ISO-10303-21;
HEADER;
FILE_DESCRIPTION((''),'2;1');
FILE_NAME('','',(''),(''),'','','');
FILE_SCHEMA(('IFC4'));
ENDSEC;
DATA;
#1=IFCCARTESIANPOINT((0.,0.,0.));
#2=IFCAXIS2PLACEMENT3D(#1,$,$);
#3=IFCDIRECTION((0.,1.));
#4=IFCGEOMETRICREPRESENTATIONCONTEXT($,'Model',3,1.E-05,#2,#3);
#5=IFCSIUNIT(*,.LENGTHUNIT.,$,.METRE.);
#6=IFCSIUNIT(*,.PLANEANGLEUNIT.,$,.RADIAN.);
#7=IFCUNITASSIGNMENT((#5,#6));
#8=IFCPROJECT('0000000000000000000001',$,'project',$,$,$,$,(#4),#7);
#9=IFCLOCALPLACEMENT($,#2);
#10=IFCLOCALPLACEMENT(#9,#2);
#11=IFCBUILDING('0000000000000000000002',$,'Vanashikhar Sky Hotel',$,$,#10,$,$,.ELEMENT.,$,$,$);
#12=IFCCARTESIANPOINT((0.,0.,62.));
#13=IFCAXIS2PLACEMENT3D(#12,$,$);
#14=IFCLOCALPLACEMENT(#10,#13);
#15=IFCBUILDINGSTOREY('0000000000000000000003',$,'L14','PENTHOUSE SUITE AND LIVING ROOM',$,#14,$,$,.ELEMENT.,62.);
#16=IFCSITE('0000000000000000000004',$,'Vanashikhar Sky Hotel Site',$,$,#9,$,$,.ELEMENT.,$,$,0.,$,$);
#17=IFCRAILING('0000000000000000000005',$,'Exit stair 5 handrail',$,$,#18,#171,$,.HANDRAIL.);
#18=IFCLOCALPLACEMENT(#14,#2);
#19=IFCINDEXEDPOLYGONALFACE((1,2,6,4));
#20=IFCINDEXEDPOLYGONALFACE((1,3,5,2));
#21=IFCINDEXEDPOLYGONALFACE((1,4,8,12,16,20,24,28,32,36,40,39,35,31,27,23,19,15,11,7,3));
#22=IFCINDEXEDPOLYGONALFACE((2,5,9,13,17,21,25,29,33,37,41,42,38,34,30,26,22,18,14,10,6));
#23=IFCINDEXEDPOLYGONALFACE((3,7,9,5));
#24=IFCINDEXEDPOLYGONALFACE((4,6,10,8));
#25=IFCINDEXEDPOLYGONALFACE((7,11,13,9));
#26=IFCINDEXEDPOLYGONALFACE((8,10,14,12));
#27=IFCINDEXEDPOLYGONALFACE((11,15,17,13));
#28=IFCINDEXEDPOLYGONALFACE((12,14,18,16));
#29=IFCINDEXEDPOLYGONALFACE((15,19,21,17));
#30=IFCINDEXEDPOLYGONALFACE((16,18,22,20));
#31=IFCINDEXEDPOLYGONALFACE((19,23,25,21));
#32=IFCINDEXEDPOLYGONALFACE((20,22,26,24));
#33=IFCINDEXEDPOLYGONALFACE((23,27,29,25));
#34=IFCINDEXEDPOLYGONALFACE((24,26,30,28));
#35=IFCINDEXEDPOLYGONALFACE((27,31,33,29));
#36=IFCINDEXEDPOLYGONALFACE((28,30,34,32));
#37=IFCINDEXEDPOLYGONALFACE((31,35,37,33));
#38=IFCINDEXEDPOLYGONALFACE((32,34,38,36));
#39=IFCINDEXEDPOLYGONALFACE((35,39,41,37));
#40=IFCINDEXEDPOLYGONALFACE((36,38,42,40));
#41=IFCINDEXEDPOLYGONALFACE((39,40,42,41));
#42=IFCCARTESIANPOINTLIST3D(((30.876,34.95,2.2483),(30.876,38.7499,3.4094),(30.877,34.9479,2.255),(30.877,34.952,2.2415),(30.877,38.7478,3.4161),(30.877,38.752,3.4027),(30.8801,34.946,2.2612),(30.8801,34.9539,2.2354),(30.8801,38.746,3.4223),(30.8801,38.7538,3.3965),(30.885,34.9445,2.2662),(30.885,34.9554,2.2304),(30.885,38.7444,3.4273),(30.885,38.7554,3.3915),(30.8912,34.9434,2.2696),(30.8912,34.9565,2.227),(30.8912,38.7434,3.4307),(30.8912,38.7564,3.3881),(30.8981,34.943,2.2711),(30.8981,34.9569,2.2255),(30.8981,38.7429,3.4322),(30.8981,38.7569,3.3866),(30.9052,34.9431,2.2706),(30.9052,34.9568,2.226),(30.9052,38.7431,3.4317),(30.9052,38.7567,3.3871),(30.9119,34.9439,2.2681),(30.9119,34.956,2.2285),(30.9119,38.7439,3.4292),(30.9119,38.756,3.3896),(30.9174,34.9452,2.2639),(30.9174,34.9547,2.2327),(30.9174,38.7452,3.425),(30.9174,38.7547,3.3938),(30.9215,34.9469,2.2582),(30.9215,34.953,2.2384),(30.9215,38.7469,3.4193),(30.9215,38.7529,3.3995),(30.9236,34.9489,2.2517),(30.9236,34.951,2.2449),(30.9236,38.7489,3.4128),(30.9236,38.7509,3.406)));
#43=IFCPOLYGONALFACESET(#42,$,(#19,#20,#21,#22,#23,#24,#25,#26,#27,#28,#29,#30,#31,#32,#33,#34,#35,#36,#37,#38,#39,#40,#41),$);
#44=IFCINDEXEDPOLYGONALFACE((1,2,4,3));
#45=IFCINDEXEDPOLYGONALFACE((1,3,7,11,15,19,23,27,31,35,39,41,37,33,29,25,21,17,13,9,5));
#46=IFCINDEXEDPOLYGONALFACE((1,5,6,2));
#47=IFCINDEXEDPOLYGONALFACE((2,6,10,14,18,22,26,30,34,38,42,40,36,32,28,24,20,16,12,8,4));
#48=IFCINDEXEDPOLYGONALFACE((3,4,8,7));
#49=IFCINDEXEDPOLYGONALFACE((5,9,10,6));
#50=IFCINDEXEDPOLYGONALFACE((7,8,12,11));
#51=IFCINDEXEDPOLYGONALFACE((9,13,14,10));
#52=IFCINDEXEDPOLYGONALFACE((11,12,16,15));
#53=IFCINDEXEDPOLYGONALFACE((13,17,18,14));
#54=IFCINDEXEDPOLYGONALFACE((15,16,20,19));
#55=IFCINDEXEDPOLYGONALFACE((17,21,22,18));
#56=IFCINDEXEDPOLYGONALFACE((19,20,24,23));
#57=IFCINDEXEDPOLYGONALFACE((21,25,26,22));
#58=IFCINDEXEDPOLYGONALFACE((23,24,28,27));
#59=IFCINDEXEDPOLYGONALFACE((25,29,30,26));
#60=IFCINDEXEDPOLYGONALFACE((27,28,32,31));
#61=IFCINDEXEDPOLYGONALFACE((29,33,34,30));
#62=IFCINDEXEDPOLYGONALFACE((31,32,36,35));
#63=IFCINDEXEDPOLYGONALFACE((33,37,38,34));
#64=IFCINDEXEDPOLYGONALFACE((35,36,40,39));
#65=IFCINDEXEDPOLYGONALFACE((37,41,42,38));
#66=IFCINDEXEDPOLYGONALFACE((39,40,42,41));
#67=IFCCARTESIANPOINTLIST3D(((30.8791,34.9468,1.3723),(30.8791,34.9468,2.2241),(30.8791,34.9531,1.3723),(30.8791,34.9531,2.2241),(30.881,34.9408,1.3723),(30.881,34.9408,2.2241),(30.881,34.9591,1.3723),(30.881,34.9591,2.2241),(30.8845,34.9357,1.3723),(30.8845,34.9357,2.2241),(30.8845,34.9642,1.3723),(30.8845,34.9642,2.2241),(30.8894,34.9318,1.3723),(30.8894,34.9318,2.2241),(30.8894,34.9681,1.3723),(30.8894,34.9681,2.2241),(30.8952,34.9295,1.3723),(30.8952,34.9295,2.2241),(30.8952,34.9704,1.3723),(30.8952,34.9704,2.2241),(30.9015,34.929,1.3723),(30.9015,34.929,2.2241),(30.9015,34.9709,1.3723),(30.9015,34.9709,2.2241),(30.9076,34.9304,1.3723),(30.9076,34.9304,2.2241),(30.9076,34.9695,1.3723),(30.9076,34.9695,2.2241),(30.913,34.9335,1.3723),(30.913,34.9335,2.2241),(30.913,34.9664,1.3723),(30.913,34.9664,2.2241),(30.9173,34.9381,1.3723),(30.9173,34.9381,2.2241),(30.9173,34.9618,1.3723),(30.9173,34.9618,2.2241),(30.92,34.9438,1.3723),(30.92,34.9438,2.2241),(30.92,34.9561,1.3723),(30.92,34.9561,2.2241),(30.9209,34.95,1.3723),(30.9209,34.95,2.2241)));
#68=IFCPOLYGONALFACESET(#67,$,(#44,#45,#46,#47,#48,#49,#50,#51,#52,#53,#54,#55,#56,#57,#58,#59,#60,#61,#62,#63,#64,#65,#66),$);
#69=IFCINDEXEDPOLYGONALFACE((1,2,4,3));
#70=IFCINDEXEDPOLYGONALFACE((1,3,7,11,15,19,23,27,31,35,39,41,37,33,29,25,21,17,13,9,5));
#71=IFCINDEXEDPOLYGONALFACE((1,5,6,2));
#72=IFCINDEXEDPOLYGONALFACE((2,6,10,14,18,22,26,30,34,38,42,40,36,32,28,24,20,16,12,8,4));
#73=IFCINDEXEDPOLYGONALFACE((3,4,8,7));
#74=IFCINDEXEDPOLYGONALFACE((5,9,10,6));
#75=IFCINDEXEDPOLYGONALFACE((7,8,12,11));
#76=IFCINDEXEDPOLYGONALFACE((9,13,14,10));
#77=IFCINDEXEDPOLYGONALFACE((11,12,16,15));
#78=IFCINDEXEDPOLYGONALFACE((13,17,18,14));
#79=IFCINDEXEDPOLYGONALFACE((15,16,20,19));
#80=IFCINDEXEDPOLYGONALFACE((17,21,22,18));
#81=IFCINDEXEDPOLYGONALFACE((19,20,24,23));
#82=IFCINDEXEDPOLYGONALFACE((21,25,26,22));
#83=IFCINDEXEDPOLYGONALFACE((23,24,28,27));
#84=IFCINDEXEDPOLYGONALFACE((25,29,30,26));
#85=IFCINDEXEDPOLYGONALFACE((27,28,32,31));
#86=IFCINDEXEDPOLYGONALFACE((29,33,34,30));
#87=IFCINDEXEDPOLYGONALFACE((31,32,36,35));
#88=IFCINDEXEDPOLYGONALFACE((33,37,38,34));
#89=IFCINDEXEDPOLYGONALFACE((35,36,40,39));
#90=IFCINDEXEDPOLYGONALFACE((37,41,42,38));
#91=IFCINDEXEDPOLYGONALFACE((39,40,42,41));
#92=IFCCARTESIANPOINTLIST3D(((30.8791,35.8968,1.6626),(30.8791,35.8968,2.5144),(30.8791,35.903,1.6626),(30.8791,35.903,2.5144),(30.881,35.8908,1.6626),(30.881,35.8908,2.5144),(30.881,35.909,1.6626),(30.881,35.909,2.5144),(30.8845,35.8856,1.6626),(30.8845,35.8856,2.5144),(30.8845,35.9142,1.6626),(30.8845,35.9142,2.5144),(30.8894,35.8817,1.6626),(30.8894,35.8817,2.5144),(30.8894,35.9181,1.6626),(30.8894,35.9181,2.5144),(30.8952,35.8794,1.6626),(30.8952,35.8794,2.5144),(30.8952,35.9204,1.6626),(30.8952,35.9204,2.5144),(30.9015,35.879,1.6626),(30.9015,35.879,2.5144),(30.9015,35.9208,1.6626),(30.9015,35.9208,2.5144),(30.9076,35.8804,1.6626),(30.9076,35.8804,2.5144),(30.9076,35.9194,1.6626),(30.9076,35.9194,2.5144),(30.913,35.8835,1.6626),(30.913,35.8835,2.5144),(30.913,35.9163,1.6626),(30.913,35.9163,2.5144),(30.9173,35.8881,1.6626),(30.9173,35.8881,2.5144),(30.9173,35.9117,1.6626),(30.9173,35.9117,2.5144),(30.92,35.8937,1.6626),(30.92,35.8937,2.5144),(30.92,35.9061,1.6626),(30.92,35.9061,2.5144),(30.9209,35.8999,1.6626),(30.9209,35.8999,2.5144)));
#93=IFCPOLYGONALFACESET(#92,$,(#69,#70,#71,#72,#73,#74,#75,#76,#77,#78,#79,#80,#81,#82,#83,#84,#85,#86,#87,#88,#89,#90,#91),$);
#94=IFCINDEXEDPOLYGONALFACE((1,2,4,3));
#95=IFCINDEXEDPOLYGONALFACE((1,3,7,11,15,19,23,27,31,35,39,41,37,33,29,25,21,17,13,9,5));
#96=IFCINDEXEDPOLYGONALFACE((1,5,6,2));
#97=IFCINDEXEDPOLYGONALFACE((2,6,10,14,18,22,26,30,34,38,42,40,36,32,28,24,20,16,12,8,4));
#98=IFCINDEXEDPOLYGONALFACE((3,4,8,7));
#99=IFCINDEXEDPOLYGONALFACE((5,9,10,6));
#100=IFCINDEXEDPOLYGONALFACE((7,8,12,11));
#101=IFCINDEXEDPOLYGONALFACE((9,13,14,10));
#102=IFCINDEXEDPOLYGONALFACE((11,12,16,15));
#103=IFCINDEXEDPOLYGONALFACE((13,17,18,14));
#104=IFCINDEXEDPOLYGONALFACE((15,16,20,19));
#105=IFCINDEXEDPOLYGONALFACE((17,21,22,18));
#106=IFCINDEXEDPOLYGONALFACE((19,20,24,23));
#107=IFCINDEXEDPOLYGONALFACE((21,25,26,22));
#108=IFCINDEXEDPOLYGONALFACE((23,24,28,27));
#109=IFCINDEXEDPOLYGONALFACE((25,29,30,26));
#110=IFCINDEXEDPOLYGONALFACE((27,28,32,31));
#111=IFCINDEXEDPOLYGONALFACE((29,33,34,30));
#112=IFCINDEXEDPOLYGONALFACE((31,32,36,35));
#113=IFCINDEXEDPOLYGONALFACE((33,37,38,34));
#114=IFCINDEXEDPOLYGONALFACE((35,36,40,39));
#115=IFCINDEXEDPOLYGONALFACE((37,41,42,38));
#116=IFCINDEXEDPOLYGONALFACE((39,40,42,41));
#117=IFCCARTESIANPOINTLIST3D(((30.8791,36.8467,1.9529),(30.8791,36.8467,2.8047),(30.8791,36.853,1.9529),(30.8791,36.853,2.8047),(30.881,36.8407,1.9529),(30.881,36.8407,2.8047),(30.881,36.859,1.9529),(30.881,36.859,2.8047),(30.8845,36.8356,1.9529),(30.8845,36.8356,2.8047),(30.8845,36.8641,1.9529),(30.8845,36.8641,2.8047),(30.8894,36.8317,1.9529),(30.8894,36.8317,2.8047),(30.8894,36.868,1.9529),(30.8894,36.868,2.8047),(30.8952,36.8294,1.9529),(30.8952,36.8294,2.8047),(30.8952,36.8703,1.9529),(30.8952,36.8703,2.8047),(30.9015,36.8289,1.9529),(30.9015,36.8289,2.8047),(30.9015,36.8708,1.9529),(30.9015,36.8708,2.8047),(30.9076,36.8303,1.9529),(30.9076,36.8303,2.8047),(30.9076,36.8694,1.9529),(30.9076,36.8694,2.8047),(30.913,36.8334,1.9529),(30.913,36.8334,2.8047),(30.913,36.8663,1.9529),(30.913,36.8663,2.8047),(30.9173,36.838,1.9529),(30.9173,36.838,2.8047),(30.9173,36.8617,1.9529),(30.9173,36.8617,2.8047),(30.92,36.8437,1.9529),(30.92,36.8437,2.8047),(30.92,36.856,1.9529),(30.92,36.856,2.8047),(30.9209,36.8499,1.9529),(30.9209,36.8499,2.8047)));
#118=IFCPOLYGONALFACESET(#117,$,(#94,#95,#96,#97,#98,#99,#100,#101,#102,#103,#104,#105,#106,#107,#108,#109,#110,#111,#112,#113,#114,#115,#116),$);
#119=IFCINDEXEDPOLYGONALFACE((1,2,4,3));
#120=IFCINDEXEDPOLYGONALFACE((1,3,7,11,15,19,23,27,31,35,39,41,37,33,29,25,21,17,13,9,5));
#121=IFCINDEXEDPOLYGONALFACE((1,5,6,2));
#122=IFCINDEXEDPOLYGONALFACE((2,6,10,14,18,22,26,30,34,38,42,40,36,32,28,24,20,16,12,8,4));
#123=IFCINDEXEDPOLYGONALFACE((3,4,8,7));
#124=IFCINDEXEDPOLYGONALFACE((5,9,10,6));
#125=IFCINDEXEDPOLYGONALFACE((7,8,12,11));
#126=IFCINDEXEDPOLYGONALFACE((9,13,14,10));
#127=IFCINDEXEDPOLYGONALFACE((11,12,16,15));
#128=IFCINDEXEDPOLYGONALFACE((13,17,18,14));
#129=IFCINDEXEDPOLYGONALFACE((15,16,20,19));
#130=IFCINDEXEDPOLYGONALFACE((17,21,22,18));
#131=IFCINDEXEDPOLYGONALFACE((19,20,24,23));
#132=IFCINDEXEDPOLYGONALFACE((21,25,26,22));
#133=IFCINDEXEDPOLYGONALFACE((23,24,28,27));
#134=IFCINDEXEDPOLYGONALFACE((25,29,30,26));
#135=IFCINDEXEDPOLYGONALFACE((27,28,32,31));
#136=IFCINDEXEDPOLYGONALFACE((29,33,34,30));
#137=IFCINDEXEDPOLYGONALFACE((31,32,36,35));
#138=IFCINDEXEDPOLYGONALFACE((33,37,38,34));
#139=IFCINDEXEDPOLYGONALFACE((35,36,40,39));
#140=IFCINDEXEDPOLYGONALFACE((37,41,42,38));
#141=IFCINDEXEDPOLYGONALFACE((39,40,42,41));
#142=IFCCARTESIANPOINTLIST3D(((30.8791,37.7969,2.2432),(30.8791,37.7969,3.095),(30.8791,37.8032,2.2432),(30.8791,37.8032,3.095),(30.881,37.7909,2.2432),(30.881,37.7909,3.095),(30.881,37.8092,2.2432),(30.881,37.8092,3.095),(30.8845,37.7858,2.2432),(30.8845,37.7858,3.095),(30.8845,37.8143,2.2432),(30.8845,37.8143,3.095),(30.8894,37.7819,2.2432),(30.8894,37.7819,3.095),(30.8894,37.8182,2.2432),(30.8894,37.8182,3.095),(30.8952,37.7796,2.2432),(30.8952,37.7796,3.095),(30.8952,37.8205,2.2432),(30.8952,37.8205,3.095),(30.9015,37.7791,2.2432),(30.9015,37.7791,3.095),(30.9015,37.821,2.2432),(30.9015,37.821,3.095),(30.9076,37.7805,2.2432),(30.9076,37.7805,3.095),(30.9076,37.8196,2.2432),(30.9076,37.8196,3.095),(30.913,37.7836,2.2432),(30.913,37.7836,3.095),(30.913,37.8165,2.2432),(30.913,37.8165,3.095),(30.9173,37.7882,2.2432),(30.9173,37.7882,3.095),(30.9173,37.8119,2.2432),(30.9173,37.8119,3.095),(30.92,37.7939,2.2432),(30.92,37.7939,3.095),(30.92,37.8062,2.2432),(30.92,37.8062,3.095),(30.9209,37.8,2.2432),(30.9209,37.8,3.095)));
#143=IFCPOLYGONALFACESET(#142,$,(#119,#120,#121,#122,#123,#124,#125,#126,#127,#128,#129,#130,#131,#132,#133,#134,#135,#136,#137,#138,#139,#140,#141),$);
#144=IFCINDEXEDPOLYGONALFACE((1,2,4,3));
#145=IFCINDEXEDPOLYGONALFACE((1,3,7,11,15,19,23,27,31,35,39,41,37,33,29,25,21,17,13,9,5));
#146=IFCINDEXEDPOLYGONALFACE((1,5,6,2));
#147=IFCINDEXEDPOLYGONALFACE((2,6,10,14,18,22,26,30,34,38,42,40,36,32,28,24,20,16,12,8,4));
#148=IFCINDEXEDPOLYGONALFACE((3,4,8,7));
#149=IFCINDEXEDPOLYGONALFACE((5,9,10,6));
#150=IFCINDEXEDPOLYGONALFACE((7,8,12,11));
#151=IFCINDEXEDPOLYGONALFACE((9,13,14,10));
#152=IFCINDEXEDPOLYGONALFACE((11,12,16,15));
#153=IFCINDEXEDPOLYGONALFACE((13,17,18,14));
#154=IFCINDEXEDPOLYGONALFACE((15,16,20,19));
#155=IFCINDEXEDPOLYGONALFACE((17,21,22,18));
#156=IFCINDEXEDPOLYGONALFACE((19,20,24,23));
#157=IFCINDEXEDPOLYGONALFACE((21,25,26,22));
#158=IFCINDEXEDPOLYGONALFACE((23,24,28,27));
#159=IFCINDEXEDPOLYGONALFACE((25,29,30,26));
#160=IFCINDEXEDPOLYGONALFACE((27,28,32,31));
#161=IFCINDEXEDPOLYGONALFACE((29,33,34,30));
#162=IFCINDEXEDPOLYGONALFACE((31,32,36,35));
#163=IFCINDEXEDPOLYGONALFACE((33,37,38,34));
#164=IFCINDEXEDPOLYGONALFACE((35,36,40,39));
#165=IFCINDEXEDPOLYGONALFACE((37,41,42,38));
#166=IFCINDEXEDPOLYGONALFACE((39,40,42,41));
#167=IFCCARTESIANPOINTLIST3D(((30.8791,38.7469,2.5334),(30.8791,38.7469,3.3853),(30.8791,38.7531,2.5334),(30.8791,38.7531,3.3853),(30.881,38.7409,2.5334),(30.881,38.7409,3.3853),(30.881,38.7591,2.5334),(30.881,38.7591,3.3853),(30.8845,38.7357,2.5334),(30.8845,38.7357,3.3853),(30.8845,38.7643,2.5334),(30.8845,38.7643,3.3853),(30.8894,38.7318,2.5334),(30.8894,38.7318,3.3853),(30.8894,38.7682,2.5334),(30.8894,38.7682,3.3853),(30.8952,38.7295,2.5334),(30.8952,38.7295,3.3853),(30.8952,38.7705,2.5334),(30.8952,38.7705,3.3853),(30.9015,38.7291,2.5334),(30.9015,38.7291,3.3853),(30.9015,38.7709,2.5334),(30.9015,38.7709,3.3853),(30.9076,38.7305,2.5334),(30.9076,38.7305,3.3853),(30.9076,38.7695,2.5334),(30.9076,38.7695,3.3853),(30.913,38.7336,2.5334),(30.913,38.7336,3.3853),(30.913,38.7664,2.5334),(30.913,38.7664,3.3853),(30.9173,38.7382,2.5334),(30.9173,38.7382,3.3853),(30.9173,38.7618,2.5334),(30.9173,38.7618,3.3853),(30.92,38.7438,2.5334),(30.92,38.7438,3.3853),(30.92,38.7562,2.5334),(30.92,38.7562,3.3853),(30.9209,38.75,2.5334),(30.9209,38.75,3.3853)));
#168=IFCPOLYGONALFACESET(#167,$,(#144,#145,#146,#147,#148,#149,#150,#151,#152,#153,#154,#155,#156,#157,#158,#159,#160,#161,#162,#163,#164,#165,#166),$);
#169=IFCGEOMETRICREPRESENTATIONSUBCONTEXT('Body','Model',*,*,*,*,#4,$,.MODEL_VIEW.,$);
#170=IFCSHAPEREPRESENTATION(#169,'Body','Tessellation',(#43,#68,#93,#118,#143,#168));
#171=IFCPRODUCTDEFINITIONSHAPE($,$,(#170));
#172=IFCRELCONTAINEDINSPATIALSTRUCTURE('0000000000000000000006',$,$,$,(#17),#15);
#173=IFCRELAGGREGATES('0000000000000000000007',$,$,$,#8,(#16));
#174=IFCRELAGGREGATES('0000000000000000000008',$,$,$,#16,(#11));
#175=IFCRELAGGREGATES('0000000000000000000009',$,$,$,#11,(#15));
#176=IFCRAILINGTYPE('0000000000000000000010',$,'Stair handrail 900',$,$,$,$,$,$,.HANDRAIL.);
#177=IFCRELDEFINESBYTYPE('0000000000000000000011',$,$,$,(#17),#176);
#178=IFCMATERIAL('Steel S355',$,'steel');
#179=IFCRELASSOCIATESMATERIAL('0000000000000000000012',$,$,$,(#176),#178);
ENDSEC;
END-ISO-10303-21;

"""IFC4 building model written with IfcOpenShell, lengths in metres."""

from ifc_helpers import new_model, si_unit, direction, frame, origin, origin_2d, place, context, subcontext, project, spatial, circle, extrude, source, transform, mapped, material, type_object, element, save


model = new_model("IFC4")

# Units and contexts
model_context = context("Model", 3, precision=1e-05, world=origin(), true_north=direction((0.0, 1.0)))
body_context = subcontext(model_context, "Body", "Model", "MODEL_VIEW")
ifc_project = project(units=[si_unit("LENGTHUNIT", "METRE"), si_unit("PLANEANGLEUNIT", "RADIAN")], contexts=[model_context])

# Site, building, storey
site_placement = place(None, origin())
site = spatial("IfcSite", under=ifc_project, at=site_placement, Name="Vanashikhar Sky Hotel Site", CompositionType="ELEMENT", RefElevation=0.0)
building_placement = place(site_placement, origin())
building = spatial("IfcBuilding", under=site, at=building_placement, Name="Vanashikhar Sky Hotel", CompositionType="ELEMENT")
storey_placement = place(building_placement, frame((0.0, 0.0, 62.0)))
storey = spatial("IfcBuildingStorey", under=building, at=storey_placement, Name="L14", Description="PENTHOUSE SUITE AND LIVING ROOM", CompositionType="ELEMENT", Elevation=62.0)

# Railing
ifc_material_1 = material(Name="Steel S355", Category="steel")
railing_type_1 = type_object("IfcRailingType", Name="Stair handrail 900", PredefinedType="HANDRAIL", material=ifc_material_1)
shared_shape_1 = source(origin(), body_context, "Body", "SweptSolid", [
    extrude(circle(Radius=0.0239, at=origin_2d()), frame((0.0, 0.0, 0.876), z_axis=(0.0, 0.956351, 0.29222), x_axis=(-1.0, 0.0, 0.0)), (0.0, 0.0, 1.0), 3.9734),
    extrude(circle(Radius=0.021, at=origin_2d()), origin(), (0.0, 0.0, 1.0), 0.8518),
    extrude(circle(Radius=0.021, at=origin_2d()), frame((0.0, 0.95, 0.2903)), (0.0, 0.0, 1.0), 0.8518),
    extrude(circle(Radius=0.021, at=origin_2d()), frame((0.0, 1.8999, 0.5806)), (0.0, 0.0, 1.0), 0.8518),
    extrude(circle(Radius=0.021, at=origin_2d()), frame((0.0, 2.8501, 0.8708)), (0.0, 0.0, 1.0), 0.8518),
    extrude(circle(Radius=0.021, at=origin_2d()), frame((0.0, 3.8, 1.1611)), (0.0, 0.0, 1.0), 0.8518),
])
railing_1_placement = place(storey_placement, frame((30.8999, 34.95, 1.3723)))
element("IfcRailing", 1, at=railing_1_placement, inside=storey, type_object=railing_type_1, Name="Exit stair 5 handrail", PredefinedType="HANDRAIL", context=body_context, shape_type="MappedRepresentation", body=[
    mapped(shared_shape_1, transform((0.0, 0.0, 0.0), scale=1.0)),
])

save(model, "model.ifc")
